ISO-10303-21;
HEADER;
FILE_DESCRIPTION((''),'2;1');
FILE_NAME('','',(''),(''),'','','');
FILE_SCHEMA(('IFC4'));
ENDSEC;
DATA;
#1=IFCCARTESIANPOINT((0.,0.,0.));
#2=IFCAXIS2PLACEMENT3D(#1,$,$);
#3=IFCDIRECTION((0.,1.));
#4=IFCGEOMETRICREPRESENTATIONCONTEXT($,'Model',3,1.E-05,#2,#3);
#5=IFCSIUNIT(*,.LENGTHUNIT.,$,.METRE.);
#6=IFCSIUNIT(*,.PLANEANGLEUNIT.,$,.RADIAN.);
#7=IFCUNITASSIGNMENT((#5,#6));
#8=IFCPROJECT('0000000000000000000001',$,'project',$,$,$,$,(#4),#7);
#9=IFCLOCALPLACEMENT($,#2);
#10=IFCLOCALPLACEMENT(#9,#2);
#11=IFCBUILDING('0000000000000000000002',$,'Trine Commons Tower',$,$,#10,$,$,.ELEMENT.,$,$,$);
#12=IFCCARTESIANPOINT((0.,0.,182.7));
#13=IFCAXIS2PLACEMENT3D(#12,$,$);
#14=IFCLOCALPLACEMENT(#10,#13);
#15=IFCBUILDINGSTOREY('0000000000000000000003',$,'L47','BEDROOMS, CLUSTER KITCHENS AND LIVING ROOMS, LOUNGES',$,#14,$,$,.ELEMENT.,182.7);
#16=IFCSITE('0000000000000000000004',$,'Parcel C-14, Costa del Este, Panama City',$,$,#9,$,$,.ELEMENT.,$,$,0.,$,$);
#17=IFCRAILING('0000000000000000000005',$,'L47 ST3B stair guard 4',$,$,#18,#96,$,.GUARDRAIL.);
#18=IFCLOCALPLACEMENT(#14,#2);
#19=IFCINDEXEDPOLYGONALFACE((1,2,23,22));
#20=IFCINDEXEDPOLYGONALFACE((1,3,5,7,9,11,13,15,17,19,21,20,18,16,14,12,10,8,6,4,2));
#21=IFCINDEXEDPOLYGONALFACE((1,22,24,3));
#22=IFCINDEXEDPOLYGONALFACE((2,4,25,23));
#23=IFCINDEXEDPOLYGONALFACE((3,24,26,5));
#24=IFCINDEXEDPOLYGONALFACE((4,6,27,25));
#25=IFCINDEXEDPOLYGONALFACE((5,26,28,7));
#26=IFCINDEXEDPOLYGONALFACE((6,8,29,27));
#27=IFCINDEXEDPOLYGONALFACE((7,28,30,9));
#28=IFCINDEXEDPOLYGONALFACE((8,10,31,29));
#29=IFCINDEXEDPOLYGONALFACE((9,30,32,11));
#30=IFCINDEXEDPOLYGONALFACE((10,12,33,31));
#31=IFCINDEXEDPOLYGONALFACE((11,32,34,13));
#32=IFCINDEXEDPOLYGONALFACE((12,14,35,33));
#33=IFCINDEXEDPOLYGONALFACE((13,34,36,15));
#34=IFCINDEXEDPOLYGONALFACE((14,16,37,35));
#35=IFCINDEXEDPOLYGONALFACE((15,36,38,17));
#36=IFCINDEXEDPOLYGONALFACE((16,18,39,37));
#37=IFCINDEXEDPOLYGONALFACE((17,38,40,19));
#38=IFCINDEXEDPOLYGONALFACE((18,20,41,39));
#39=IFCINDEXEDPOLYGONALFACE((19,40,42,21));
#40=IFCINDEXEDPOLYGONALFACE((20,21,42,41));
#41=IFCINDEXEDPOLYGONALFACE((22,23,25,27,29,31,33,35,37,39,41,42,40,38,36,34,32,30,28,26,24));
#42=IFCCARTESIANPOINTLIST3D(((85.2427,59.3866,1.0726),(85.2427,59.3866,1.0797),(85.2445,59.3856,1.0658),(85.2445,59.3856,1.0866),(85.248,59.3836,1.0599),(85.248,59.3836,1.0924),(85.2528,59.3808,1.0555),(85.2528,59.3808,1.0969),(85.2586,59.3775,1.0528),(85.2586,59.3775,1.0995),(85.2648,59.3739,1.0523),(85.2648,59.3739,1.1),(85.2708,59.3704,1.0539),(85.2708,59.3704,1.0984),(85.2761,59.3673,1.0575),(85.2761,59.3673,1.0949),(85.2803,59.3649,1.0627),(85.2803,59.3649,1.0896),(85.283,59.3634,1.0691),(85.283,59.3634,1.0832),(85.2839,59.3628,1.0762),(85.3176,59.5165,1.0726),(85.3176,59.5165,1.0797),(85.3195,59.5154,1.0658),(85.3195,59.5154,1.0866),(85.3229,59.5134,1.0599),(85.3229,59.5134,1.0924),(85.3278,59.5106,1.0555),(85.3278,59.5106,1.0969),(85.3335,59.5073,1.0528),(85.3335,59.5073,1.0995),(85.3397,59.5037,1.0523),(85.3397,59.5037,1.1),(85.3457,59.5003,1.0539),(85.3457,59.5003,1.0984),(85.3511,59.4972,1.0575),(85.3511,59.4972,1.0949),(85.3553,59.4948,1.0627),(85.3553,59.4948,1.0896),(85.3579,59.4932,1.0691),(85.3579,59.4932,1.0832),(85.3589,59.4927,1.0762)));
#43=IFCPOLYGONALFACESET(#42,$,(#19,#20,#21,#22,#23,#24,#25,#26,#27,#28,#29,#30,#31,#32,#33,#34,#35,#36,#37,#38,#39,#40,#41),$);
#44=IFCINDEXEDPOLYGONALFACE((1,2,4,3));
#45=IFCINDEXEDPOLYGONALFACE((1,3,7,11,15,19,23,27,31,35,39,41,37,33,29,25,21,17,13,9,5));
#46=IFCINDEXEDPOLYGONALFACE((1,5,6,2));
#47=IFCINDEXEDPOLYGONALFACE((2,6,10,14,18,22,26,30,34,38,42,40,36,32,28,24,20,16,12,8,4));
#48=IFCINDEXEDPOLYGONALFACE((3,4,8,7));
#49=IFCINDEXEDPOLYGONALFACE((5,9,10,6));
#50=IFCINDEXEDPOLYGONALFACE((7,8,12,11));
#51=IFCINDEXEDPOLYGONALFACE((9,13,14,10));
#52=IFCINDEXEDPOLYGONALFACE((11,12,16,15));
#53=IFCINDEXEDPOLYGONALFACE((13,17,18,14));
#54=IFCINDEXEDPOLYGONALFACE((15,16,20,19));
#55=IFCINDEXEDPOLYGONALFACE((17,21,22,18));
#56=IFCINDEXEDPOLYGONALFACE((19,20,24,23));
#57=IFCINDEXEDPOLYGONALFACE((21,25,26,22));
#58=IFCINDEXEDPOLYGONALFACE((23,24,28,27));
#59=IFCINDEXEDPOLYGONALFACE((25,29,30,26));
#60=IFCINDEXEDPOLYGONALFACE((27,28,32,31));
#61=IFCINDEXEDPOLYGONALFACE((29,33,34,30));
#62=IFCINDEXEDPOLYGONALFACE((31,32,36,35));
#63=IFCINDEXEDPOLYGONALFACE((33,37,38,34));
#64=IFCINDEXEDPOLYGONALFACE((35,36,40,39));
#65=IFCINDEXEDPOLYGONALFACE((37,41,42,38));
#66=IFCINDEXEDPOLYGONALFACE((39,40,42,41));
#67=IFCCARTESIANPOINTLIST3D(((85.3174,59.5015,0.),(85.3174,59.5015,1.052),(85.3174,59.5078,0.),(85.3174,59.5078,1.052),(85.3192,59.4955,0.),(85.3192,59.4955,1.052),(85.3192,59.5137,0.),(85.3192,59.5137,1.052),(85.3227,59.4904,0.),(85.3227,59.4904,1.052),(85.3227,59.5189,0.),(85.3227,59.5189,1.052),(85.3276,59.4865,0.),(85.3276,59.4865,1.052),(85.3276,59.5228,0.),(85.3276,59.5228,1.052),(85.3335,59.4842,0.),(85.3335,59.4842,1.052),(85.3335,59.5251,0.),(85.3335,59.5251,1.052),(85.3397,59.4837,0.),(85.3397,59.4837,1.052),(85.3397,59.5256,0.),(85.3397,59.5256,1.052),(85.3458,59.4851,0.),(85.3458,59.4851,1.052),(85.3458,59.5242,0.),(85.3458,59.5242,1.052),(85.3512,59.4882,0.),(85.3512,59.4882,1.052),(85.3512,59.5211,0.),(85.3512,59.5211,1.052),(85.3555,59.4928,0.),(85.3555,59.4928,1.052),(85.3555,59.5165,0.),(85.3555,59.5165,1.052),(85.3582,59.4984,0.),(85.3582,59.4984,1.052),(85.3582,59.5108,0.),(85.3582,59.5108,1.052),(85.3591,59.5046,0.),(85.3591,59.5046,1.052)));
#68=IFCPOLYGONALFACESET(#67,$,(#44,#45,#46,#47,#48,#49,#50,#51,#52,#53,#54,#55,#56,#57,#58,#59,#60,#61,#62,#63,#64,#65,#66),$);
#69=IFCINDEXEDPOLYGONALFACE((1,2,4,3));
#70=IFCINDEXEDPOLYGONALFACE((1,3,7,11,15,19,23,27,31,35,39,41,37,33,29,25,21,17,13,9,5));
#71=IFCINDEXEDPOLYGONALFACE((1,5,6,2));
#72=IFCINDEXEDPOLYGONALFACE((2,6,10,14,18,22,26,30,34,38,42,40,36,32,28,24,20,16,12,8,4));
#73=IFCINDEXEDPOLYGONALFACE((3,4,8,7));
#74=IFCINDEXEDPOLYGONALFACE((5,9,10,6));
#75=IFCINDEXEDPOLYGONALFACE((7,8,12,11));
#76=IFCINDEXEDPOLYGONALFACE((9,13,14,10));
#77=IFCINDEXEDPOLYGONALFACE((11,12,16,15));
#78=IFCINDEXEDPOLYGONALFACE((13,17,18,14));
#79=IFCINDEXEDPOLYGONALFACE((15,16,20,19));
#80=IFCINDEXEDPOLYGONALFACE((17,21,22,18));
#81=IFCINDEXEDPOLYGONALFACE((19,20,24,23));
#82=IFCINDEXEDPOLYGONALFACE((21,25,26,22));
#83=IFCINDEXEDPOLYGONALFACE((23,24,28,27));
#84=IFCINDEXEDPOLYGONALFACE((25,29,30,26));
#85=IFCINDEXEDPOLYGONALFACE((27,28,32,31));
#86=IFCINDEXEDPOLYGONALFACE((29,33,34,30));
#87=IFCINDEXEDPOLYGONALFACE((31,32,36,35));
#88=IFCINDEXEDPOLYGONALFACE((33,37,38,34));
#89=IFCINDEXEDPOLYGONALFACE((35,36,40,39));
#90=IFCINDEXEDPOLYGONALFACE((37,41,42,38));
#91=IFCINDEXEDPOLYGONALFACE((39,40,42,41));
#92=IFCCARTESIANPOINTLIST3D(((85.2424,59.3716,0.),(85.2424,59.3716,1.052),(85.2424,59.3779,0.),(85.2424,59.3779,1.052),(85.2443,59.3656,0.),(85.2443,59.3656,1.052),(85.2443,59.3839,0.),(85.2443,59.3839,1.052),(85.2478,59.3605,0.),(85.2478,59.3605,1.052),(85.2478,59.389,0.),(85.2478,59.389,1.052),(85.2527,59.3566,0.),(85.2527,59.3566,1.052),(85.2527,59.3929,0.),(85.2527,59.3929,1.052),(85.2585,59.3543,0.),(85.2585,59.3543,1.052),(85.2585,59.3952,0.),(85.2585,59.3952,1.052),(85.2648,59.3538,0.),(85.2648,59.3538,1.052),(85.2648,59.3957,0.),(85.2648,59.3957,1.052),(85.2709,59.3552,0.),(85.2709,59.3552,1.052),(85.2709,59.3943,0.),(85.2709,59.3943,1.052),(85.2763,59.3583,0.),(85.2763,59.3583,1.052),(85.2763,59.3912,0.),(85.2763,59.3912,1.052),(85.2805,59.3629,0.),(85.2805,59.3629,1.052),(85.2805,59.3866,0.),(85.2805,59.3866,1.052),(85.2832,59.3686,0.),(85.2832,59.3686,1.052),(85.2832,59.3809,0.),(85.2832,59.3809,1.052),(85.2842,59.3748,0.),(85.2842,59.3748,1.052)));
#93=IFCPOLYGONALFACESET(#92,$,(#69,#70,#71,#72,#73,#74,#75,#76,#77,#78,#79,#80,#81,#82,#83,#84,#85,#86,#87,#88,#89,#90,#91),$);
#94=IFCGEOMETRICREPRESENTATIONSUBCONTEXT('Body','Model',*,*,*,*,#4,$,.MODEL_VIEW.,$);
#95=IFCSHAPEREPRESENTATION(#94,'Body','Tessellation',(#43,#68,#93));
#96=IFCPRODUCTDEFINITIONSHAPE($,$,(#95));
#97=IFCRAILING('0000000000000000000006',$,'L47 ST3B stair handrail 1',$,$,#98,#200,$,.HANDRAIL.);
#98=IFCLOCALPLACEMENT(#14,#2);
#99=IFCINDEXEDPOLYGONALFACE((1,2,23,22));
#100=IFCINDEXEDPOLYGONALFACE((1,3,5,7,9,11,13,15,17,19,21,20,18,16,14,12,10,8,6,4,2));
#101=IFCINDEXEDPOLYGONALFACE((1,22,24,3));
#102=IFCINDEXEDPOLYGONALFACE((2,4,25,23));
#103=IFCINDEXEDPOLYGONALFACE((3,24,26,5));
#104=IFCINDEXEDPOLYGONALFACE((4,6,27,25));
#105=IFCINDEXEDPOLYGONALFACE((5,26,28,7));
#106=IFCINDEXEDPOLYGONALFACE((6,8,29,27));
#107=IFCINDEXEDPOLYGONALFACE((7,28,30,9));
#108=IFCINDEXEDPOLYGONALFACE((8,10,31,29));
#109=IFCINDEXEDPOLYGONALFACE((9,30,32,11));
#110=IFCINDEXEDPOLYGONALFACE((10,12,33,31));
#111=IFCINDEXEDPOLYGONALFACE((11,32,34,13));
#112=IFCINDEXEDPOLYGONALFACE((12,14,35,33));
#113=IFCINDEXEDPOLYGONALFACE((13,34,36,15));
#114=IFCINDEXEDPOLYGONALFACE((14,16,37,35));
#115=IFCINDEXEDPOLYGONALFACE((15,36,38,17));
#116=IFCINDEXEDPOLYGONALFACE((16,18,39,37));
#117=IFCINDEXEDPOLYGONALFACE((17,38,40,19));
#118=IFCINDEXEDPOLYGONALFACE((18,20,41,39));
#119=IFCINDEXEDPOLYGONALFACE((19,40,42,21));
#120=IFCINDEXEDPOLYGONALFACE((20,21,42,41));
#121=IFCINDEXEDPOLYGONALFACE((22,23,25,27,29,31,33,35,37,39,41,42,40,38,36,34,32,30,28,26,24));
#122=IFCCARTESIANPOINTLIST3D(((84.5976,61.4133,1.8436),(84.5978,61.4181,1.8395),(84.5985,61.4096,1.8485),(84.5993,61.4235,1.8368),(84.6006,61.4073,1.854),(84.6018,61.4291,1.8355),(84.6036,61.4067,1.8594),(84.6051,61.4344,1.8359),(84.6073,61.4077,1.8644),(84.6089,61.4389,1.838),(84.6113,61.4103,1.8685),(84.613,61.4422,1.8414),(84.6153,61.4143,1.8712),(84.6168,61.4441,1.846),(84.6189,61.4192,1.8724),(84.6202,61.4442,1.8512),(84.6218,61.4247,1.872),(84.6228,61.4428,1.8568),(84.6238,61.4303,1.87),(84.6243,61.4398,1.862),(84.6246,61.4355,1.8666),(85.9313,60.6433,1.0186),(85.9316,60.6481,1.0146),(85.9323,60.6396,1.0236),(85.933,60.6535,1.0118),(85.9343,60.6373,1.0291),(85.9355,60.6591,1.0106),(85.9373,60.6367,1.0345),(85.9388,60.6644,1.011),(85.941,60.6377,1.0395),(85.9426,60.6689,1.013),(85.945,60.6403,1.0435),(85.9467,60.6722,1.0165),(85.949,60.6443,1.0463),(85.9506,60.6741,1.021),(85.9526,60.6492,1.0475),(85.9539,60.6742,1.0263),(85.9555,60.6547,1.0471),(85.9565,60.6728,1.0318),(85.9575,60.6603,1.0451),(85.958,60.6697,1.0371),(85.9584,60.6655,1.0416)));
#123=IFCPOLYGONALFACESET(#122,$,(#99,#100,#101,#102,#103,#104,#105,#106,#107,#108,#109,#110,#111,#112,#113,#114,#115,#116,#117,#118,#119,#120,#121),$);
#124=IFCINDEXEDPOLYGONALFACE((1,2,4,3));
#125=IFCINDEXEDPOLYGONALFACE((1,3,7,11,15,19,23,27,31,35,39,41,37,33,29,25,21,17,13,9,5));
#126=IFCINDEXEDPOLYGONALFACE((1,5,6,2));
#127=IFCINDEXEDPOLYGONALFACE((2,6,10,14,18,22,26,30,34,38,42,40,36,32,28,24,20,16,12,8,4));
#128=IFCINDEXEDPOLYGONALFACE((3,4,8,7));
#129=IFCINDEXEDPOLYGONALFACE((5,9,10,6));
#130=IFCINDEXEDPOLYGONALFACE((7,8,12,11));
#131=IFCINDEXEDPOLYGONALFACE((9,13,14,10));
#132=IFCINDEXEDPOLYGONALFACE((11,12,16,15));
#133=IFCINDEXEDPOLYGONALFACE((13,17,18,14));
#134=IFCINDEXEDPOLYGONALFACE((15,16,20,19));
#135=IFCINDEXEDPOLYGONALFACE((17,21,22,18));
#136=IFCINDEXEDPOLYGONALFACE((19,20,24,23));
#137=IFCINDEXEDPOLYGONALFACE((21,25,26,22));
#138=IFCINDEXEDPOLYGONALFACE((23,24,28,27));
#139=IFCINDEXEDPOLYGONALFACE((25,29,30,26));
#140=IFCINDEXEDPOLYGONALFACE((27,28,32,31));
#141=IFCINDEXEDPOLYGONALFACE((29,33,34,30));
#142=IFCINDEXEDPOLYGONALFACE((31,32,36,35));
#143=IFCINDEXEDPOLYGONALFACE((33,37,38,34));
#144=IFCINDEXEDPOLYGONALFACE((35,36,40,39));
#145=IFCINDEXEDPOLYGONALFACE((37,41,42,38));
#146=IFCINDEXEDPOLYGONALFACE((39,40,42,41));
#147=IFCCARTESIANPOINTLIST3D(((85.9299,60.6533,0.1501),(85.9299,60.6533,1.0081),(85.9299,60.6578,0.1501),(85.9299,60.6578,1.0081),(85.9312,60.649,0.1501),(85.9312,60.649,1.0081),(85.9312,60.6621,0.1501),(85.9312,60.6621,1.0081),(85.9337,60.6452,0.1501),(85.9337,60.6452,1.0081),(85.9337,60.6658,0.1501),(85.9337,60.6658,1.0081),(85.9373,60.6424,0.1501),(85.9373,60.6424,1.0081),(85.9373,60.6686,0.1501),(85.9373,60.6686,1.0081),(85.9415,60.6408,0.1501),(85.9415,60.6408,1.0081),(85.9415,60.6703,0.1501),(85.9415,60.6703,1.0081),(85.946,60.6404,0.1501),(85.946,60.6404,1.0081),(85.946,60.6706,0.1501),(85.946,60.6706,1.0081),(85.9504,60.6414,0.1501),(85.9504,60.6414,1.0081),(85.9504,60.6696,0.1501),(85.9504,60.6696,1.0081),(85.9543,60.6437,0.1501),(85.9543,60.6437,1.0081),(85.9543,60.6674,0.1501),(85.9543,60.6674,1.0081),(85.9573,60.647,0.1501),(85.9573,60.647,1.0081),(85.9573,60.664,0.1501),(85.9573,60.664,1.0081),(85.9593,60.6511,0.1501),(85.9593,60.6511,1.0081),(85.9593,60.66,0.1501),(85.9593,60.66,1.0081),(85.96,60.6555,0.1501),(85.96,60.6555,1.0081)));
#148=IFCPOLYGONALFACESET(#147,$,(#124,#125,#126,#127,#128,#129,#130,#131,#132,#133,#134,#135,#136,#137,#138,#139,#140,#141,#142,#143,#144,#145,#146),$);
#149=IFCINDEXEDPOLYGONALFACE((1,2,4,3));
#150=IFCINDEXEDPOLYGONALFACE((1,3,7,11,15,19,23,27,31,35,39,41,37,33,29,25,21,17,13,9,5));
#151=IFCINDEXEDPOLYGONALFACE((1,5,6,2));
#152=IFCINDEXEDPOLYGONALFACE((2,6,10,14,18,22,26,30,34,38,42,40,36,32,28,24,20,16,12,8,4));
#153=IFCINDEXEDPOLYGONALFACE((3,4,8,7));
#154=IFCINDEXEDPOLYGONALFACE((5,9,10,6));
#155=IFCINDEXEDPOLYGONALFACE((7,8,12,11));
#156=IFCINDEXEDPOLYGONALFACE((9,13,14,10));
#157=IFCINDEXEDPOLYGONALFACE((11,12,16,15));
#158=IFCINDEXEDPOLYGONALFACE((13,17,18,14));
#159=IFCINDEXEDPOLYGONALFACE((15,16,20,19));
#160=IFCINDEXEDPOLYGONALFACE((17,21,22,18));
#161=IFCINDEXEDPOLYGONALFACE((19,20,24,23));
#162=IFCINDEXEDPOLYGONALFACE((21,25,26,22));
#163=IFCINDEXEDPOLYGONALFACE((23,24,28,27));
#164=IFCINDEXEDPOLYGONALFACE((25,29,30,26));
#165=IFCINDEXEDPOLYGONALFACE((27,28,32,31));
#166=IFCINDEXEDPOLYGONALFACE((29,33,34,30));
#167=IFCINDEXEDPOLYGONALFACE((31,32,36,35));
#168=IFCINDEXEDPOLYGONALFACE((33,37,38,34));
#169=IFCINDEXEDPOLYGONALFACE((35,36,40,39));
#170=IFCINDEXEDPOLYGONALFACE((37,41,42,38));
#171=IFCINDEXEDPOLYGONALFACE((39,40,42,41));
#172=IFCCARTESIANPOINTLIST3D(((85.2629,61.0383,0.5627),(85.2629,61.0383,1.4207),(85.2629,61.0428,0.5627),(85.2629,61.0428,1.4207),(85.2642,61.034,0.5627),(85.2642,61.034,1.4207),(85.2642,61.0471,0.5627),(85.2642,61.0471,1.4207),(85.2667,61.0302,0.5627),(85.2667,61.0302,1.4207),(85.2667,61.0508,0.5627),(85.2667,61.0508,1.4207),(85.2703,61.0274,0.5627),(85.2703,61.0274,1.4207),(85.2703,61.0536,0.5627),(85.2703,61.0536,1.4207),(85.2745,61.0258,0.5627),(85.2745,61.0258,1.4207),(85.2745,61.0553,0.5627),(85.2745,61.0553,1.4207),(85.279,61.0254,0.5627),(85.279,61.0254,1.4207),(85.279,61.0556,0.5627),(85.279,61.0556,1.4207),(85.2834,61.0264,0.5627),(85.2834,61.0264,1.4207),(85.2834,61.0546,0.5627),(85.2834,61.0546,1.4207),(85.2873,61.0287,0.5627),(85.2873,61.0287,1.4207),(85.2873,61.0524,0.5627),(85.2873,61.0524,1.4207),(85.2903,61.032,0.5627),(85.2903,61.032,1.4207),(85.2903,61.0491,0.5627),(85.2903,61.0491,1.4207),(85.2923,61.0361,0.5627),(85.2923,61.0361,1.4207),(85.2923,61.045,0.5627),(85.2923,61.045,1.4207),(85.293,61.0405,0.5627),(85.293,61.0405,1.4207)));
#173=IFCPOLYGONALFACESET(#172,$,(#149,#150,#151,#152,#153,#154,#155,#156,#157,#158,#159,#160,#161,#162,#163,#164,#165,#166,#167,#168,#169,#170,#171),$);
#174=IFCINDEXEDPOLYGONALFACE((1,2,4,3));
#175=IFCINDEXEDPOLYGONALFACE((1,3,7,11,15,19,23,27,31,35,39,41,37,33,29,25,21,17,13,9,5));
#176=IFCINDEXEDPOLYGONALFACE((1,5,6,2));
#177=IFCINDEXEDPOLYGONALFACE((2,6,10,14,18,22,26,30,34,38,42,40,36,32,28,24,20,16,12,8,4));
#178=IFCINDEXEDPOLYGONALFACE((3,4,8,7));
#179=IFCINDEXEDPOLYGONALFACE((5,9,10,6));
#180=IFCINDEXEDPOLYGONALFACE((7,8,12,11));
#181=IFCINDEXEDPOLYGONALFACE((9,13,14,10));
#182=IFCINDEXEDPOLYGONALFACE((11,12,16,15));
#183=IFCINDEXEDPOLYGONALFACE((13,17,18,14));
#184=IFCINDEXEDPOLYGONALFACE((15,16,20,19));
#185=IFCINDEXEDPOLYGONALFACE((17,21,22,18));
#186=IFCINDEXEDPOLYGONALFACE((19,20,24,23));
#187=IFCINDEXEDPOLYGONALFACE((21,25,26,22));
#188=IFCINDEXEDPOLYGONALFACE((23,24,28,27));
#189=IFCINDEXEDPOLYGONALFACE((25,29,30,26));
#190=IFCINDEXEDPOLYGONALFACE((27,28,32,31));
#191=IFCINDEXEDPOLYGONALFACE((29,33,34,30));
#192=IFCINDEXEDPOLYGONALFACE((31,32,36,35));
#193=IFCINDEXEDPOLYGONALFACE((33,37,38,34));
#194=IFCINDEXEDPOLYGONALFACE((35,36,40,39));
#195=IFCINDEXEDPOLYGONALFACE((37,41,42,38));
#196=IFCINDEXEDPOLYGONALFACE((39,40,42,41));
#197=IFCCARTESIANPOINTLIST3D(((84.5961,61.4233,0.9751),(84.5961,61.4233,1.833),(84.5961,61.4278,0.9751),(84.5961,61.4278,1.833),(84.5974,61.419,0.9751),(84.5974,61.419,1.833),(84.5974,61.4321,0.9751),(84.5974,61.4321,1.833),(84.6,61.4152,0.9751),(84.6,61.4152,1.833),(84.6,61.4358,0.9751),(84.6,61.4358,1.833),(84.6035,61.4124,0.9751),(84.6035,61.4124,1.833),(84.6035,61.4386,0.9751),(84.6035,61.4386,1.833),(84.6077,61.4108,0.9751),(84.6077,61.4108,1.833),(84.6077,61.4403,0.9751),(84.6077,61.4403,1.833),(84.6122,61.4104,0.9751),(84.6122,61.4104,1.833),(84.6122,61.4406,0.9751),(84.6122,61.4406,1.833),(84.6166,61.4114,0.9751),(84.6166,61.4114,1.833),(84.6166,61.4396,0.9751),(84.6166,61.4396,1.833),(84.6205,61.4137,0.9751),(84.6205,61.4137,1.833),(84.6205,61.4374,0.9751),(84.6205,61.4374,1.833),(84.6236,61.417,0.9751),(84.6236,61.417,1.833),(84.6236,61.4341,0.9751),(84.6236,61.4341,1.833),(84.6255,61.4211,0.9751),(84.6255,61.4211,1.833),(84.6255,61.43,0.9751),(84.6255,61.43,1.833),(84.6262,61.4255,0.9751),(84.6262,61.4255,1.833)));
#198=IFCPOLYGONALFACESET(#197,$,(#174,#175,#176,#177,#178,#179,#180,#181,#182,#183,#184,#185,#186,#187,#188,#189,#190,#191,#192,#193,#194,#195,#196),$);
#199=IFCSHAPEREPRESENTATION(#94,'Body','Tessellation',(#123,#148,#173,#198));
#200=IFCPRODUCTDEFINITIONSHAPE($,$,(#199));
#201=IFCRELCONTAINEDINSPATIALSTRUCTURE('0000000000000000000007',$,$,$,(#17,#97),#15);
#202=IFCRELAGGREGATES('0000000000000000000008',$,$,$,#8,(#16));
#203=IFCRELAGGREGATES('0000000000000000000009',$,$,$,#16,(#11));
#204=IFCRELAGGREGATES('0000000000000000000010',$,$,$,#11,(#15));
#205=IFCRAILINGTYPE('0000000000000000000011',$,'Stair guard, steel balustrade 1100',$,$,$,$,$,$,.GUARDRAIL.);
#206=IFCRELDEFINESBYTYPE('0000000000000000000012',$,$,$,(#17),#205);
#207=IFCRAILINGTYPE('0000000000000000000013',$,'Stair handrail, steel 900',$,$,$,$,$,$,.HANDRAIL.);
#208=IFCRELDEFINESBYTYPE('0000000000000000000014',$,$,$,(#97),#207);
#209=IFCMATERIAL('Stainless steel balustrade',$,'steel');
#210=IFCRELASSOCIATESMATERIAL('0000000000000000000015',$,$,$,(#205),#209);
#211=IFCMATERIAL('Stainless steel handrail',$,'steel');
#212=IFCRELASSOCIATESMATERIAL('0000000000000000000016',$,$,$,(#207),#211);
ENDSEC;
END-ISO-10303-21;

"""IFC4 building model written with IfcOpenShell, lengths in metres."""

from ifc_helpers import new_model, si_unit, direction, frame, origin, origin_2d, place, context, subcontext, project, spatial, circle, extrude, material, type_object, element, save


model = new_model("IFC4")

# Units and contexts
model_context = context("Model", 3, precision=1e-05, world=origin(), true_north=direction((0.0, 1.0)))
body_context = subcontext(model_context, "Body", "Model", "MODEL_VIEW")
ifc_project = project(units=[si_unit("LENGTHUNIT", "METRE"), si_unit("PLANEANGLEUNIT", "RADIAN")], contexts=[model_context])

# Site, building, storey
site_placement = place(None, origin())
site = spatial("IfcSite", under=ifc_project, at=site_placement, Name="Parcel C-14, Costa del Este, Panama City", CompositionType="ELEMENT", RefElevation=0.0)
building_placement = place(site_placement, origin())
building = spatial("IfcBuilding", under=site, at=building_placement, Name="Trine Commons Tower", CompositionType="ELEMENT")
storey_placement = place(building_placement, frame((0.0, 0.0, 182.7)))
storey = spatial("IfcBuildingStorey", under=building, at=storey_placement, Name="L47", Description="BEDROOMS, CLUSTER KITCHENS AND LIVING ROOMS, LOUNGES", CompositionType="ELEMENT", Elevation=182.7)

# Railings
ifc_material_1 = material(Name="Stainless steel balustrade", Category="steel")
railing_type_1 = type_object("IfcRailingType", Name="Stair guard, steel balustrade 1100", PredefinedType="GUARDRAIL", material=ifc_material_1)
railing_1_placement = place(storey_placement, frame((85.3381, 59.5046, 0.0)))
element("IfcRailing", 1, at=railing_1_placement, inside=storey, type_object=railing_type_1, Name="L47 ST3B stair guard 4", PredefinedType="GUARDRAIL", context=body_context, shape_type="SweptSolid", body=[
    extrude(circle(Radius=0.0239, at=origin_2d()), frame((0.0, 0.0, 1.0762), z_axis=(-0.499816, -0.866131, 0.0), x_axis=(0.866131, -0.499816, 0.0)), (0.0, 0.0, 1.0), 0.1499),
    extrude(circle(Radius=0.021, at=origin_2d()), origin(), (0.0, 0.0, 1.0), 1.052),
    extrude(circle(Radius=0.021, at=origin_2d()), frame((-0.075, -0.1299, 0.0)), (0.0, 0.0, 1.0), 1.052),
])
ifc_material_2 = material(Name="Stainless steel handrail", Category="steel")
railing_type_2 = type_object("IfcRailingType", Name="Stair handrail, steel 900", PredefinedType="HANDRAIL", material=ifc_material_2)
railing_2_placement = place(storey_placement, frame((85.9448, 60.6555, 0.1501)))
element("IfcRailing", 2, at=railing_2_placement, inside=storey, type_object=railing_type_2, Name="L47 ST3B stair handrail 1", PredefinedType="HANDRAIL", context=body_context, shape_type="SweptSolid", body=[
    extrude(circle(Radius=0.021, at=origin_2d()), frame((0.0, 0.0, 0.8789), z_axis=(-0.763405, 0.440743, 0.472185), x_axis=(-0.499992, -0.86603, 0.0)), (0.0, 0.0, 1.0), 1.7471),
    extrude(circle(Radius=0.0151, at=origin_2d()), origin(), (0.0, 0.0, 1.0), 0.8579),
    extrude(circle(Radius=0.0151, at=origin_2d()), frame((-0.667, 0.385, 0.4126)), (0.0, 0.0, 1.0), 0.8579),
    extrude(circle(Radius=0.0151, at=origin_2d()), frame((-1.3337, 0.77, 0.825)), (0.0, 0.0, 1.0), 0.8579),
])

save(model, "model.ifc")
